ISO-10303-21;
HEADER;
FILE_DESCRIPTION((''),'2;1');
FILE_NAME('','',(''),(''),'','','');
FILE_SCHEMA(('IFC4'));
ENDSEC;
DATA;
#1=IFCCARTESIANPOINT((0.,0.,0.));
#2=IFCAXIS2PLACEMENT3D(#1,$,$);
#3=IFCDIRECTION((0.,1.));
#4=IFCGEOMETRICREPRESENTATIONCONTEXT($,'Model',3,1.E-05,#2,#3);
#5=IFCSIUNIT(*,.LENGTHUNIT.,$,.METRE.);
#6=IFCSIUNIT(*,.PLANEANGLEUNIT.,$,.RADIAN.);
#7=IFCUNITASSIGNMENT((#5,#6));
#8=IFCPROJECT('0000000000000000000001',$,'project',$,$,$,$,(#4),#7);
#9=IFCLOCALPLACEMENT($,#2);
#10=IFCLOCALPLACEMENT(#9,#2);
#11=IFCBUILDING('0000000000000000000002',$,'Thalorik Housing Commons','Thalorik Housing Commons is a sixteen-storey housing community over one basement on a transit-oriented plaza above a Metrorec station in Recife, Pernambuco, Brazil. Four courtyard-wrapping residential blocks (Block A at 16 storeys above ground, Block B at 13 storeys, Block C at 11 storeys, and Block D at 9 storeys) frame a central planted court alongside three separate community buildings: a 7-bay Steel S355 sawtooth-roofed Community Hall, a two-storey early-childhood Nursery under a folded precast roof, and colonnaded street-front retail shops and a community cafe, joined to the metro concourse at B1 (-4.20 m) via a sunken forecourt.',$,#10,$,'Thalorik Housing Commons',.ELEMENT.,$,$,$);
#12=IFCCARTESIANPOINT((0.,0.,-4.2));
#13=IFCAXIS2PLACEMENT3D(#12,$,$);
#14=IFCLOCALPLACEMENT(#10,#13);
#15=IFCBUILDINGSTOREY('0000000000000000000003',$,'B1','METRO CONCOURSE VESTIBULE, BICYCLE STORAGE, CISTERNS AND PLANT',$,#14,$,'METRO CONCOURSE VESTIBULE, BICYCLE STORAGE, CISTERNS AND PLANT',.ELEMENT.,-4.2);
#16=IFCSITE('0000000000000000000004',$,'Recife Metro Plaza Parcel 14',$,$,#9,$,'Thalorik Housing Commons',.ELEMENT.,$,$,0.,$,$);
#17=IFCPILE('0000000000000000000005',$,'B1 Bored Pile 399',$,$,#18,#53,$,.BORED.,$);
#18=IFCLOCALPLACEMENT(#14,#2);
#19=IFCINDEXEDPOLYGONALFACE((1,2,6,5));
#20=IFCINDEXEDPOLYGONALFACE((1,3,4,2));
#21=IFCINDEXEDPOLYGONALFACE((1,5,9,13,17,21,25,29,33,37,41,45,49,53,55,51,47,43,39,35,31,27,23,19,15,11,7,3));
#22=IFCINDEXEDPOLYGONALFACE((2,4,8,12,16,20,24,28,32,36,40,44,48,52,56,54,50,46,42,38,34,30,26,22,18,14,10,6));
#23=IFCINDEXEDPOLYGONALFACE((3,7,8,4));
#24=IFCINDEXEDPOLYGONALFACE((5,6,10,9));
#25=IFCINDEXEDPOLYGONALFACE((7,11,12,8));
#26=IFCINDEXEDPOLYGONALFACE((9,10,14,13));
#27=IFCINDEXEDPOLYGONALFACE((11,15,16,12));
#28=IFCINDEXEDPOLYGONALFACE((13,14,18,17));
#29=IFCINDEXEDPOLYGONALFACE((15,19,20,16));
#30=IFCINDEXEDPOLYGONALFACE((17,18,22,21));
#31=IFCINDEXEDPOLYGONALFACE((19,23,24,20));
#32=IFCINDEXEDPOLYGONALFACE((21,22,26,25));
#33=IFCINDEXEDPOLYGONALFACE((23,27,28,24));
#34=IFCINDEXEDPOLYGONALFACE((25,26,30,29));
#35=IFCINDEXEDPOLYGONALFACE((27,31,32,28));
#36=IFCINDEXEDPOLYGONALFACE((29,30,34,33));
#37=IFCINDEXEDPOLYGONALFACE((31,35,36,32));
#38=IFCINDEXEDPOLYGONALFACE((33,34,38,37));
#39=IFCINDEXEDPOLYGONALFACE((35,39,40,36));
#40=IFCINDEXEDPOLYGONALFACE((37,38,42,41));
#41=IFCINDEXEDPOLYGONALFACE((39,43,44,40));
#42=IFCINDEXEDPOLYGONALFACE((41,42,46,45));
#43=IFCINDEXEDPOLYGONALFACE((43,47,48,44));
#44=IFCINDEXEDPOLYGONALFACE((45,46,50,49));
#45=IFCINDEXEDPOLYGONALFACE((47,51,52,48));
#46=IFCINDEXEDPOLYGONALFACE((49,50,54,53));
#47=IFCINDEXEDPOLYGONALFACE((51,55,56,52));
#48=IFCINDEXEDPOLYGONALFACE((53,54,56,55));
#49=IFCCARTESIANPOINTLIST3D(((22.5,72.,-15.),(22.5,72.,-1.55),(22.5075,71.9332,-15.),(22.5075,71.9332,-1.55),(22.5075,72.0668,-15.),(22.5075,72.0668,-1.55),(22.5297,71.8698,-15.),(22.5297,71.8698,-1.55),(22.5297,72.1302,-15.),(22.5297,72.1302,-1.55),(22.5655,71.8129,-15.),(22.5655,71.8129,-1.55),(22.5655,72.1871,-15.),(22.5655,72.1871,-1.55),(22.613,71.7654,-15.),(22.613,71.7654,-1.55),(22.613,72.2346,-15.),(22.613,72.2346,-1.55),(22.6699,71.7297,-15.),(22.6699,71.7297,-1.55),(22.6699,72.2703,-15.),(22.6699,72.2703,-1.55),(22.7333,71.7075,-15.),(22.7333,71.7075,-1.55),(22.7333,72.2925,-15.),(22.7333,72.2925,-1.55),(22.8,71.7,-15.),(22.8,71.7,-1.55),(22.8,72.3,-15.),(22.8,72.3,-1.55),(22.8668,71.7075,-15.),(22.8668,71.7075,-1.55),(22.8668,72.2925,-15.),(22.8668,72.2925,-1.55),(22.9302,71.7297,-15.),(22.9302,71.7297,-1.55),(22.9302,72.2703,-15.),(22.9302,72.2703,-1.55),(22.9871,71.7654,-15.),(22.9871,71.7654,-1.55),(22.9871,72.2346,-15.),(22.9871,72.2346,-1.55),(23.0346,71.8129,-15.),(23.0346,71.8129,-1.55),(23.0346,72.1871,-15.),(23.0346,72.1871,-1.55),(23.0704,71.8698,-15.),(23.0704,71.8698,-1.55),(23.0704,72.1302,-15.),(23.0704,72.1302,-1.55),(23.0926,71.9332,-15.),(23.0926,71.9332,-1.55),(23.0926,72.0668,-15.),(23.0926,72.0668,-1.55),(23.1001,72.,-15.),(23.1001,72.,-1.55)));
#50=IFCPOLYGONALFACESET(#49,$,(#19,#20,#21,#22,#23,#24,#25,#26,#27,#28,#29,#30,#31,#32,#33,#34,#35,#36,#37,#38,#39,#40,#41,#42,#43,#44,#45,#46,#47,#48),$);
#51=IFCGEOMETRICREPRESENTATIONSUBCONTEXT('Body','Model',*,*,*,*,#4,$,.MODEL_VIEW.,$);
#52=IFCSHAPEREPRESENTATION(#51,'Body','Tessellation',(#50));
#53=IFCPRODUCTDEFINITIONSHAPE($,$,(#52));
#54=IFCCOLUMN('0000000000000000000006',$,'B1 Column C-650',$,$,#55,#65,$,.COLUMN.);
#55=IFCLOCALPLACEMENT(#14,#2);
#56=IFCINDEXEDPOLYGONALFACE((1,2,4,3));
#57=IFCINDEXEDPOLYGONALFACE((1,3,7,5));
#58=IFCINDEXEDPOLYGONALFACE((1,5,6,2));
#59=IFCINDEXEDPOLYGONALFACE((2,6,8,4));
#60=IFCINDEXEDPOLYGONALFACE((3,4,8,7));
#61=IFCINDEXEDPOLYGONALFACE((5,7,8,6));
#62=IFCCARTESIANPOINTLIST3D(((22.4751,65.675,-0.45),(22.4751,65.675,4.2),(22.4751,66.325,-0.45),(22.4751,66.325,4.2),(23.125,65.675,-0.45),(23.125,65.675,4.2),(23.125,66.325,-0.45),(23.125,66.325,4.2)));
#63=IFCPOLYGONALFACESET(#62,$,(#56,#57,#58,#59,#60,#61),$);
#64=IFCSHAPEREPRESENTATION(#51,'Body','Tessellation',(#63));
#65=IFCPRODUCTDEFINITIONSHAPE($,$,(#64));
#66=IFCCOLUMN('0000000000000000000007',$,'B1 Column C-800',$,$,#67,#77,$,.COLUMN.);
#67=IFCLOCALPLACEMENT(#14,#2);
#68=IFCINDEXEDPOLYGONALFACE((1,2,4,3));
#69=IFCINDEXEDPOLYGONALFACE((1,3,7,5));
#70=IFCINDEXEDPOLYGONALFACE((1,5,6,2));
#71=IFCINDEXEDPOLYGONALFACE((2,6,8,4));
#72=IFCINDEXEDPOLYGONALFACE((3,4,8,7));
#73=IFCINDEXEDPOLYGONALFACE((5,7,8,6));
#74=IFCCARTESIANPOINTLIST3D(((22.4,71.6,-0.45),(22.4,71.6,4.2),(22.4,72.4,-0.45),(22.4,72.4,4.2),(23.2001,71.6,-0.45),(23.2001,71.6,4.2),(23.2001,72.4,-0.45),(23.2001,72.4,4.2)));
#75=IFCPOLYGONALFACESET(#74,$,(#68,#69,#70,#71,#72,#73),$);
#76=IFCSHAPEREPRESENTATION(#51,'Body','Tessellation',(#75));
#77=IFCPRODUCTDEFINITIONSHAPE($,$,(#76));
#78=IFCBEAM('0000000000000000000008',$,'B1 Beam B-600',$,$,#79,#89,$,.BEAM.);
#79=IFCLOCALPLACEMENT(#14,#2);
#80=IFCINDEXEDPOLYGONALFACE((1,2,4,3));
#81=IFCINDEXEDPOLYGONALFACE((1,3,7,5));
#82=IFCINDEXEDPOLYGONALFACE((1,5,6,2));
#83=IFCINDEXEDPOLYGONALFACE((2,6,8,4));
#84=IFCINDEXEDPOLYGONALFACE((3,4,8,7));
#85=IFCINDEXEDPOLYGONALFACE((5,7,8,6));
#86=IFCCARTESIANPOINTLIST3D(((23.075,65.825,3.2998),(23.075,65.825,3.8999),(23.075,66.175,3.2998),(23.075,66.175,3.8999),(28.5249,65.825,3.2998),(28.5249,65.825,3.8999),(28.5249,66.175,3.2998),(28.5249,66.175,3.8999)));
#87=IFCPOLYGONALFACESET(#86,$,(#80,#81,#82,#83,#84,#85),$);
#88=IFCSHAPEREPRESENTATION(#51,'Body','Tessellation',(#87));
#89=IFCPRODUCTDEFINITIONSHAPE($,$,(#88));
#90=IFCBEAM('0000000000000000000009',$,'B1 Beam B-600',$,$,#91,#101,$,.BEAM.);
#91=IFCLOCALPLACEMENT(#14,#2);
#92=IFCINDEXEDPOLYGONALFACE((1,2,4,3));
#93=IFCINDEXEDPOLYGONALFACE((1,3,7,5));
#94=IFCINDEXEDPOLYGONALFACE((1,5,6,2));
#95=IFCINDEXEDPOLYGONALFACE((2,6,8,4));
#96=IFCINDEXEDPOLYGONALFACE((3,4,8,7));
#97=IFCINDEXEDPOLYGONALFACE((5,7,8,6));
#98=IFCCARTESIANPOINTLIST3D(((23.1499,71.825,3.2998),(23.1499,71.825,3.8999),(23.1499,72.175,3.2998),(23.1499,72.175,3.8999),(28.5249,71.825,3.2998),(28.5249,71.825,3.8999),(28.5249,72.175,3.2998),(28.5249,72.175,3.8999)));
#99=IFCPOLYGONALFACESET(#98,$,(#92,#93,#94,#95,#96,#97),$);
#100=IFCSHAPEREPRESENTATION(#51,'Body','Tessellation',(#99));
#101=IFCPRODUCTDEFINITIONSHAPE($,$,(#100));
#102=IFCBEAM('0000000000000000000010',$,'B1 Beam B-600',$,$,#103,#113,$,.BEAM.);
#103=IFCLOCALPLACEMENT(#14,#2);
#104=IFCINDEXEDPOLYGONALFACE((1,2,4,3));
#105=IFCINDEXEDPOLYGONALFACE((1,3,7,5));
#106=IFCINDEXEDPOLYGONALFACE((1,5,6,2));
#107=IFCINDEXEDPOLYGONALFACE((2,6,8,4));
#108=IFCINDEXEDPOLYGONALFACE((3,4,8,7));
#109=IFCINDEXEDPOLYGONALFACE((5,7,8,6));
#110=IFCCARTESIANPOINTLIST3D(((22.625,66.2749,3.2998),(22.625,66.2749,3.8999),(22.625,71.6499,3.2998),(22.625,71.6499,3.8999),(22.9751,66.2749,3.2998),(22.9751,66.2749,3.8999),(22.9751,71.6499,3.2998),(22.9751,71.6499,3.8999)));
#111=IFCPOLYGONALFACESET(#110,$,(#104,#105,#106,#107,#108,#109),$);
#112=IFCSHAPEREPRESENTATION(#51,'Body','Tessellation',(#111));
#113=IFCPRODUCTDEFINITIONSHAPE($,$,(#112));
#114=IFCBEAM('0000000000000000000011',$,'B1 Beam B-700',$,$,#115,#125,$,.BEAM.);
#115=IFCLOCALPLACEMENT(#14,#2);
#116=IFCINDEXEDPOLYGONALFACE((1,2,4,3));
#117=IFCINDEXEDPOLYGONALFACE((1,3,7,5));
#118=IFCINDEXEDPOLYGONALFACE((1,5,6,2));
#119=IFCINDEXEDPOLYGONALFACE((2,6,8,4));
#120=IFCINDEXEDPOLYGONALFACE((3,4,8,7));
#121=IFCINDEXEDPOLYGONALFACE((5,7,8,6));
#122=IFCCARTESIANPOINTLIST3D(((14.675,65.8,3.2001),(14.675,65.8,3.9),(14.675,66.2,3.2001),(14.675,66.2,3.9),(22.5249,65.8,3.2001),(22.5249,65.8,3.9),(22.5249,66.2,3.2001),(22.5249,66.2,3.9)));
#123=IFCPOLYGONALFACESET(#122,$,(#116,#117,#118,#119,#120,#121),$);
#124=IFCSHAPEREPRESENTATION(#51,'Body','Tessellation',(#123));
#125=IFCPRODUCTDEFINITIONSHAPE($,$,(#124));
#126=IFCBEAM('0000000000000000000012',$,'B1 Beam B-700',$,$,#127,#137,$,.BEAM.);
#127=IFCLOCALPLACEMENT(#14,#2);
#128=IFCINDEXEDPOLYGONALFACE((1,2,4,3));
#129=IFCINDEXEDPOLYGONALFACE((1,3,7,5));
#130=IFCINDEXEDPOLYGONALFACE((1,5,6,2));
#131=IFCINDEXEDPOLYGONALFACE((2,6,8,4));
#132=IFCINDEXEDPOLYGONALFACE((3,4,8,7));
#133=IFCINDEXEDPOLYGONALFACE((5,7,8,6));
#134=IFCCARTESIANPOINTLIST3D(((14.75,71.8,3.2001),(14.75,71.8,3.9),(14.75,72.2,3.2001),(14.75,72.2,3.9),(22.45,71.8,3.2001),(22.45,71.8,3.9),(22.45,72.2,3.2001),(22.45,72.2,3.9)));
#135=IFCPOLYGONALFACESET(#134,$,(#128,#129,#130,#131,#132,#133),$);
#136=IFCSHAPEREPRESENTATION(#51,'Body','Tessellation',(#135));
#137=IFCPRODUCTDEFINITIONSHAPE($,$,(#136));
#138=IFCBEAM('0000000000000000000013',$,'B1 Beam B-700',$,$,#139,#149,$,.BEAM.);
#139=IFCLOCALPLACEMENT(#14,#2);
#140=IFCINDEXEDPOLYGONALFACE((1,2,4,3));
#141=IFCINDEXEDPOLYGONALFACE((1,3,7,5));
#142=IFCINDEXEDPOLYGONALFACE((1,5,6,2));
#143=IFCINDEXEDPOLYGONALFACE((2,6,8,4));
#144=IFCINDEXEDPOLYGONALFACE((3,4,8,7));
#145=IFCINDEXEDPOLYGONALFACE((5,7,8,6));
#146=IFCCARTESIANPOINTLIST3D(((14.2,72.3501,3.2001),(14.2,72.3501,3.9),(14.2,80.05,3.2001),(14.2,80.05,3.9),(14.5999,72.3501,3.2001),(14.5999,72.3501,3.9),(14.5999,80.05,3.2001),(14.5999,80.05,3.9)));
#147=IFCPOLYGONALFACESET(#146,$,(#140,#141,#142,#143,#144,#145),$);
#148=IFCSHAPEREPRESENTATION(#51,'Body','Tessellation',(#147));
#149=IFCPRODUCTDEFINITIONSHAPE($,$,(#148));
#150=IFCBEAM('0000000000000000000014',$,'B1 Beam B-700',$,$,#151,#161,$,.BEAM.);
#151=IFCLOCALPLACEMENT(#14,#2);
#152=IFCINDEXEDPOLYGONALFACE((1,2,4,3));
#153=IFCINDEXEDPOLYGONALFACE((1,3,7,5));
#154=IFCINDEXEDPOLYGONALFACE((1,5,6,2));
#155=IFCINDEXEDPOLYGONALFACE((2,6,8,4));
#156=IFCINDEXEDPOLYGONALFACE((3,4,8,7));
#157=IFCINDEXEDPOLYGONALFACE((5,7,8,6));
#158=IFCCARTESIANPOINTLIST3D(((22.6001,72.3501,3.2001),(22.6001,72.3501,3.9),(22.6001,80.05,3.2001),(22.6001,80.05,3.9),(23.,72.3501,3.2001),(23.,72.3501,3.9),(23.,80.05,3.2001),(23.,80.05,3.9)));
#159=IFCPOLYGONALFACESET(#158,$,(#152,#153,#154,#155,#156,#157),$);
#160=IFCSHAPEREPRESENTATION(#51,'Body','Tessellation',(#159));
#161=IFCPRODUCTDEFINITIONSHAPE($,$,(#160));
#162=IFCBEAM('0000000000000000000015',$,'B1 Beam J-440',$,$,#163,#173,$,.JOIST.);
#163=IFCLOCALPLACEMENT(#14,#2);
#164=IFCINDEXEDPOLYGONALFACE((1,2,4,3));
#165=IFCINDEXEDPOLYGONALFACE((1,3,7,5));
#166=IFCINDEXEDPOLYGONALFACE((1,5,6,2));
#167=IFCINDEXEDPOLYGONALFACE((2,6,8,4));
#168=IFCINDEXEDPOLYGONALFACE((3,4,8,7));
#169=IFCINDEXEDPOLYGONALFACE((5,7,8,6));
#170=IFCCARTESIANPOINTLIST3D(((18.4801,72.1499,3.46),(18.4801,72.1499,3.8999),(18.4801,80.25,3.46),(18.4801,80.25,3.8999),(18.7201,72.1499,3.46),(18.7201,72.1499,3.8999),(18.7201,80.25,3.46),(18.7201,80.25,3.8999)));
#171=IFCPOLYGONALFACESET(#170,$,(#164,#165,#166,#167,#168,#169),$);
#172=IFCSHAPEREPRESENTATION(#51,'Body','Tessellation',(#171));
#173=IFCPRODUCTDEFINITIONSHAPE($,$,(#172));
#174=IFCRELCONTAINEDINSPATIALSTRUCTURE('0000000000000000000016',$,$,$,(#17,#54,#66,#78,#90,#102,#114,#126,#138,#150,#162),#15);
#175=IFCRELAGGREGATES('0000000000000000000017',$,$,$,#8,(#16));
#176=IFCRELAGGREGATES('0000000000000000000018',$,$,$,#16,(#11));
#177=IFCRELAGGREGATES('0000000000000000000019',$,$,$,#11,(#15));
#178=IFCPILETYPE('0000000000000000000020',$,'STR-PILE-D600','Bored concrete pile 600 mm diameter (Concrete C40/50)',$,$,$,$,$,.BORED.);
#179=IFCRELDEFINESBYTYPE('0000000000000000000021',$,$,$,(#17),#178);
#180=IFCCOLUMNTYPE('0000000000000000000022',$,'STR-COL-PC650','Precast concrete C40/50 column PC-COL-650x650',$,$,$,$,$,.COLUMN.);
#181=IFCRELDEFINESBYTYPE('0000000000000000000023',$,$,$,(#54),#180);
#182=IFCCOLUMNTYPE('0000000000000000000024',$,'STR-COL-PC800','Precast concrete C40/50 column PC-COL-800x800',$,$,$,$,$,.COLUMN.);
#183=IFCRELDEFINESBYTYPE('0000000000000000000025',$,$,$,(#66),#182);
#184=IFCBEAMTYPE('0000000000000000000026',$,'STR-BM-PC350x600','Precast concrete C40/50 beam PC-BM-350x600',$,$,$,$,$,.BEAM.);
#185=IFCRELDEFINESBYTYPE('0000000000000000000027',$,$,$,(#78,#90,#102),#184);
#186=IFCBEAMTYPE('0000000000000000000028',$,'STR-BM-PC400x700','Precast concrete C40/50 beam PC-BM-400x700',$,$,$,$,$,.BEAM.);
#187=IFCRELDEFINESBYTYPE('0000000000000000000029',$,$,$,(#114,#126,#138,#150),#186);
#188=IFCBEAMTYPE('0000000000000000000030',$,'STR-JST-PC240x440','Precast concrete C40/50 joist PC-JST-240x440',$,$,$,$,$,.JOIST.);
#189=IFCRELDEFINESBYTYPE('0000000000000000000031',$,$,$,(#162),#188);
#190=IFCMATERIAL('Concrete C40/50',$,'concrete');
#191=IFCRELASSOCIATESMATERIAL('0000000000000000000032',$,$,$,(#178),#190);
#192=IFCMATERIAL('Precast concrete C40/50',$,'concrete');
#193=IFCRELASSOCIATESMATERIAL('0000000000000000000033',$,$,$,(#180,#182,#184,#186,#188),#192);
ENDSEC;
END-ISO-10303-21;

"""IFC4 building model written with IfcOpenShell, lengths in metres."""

from ifc_helpers import new_model, si_unit, direction, frame, origin, origin_2d, place, context, subcontext, project, spatial, rectangle, circle, extrude, material, material_profile, profile_set, type_object, element, save


model = new_model("IFC4")

# Units and contexts
model_context = context("Model", 3, precision=1e-05, world=origin(), true_north=direction((0.0, 1.0)))
body_context = subcontext(model_context, "Body", "Model", "MODEL_VIEW")
ifc_project = project(units=[si_unit("LENGTHUNIT", "METRE"), si_unit("PLANEANGLEUNIT", "RADIAN")], contexts=[model_context])

# Site, building, storey
site_placement = place(None, origin())
site = spatial("IfcSite", under=ifc_project, at=site_placement, Name="Recife Metro Plaza Parcel 14", LongName="Thalorik Housing Commons", CompositionType="ELEMENT", RefElevation=0.0)
building_placement = place(site_placement, origin())
building = spatial("IfcBuilding", under=site, at=building_placement, Name="Thalorik Housing Commons", Description="Thalorik Housing Commons is a sixteen-storey housing community over one basement on a transit-oriented plaza above a Metrorec station in Recife, Pernambuco, Brazil. Four courtyard-wrapping residential blocks (Block A at 16 storeys above ground, Block B at 13 storeys, Block C at 11 storeys, and Block D at 9 storeys) frame a central planted court alongside three separate community buildings: a 7-bay Steel S355 sawtooth-roofed Community Hall, a two-storey early-childhood Nursery under a folded precast roof, and colonnaded street-front retail shops and a community cafe, joined to the metro concourse at B1 (-4.20 m) via a sunken forecourt.", LongName="Thalorik Housing Commons", CompositionType="ELEMENT")
storey_placement = place(building_placement, frame((0.0, 0.0, -4.2)))
storey = spatial("IfcBuildingStorey", under=building, at=storey_placement, Name="B1", Description="METRO CONCOURSE VESTIBULE, BICYCLE STORAGE, CISTERNS AND PLANT", LongName="METRO CONCOURSE VESTIBULE, BICYCLE STORAGE, CISTERNS AND PLANT", CompositionType="ELEMENT", Elevation=-4.2)

# Shared definitions
ifc_material_1 = material(Name="Concrete C40/50", Category="concrete")

# Pile
ifc_material_profile_1 = material_profile(ifc_material_1, circle(Radius=0.3, at=origin_2d()), Name="BORED PILE D600", Category="concrete")
ifc_profile_set_1 = profile_set([ifc_material_profile_1], Name="Concrete C40/50")
pile_type = type_object("IfcPileType", Name="STR-PILE-D600", Description="Bored concrete pile 600 mm diameter (Concrete C40/50)", PredefinedType="BORED", material=ifc_profile_set_1)
for number, where, z_axis, x_axis, name in (
    (1, (22.8, 72.0, -1.55), (0.0, 0.0, -1.0), (1.0, 0.0, 0.0), "B1 Bored Pile 399"),
):
    element("IfcPile", number, at=place(storey_placement, frame(where, z_axis=z_axis, x_axis=x_axis)), inside=storey, type_object=pile_type, Name=name, PredefinedType="BORED", context=body_context, shape_type="SweptSolid", body=[
        extrude(circle(Radius=0.3, at=origin_2d()), origin(), (0.0, 0.0, 1.0), 13.45),
    ])

# Columns
ifc_material_2 = material(Name="Precast concrete C40/50", Category="concrete")
ifc_material_profile_2 = material_profile(ifc_material_2, rectangle(XDim=0.6499, YDim=0.6499, at=origin_2d()), Name="PC 650x650", Category="concrete")
ifc_profile_set_2 = profile_set([ifc_material_profile_2], Name="Precast concrete C40/50")
column_type_1 = type_object("IfcColumnType", Name="STR-COL-PC650", Description="Precast concrete C40/50 column PC-COL-650x650", PredefinedType="COLUMN", material=ifc_profile_set_2)
column_1_placement = place(storey_placement, frame((22.8, 66.0, -0.45), z_axis=(0.0, 0.0, 1.0), x_axis=(1.0, 0.0, 0.0)))
element("IfcColumn", 2, at=column_1_placement, inside=storey, type_object=column_type_1, Name="B1 Column C-650", PredefinedType="COLUMN", context=body_context, shape_type="SweptSolid", body=[
    extrude(rectangle(XDim=0.6499, YDim=0.6499, at=origin_2d()), origin(), (0.0, 0.0, 1.0), 4.6499),
])
ifc_material_profile_3 = material_profile(ifc_material_2, rectangle(XDim=0.8, YDim=0.8, at=origin_2d()), Name="PC 800x800", Category="concrete")
ifc_profile_set_3 = profile_set([ifc_material_profile_3], Name="Precast concrete C40/50")
column_type_2 = type_object("IfcColumnType", Name="STR-COL-PC800", Description="Precast concrete C40/50 column PC-COL-800x800", PredefinedType="COLUMN", material=ifc_profile_set_3)
column_2_placement = place(storey_placement, frame((22.8, 72.0, -0.45), z_axis=(0.0, 0.0, 1.0), x_axis=(1.0, 0.0, 0.0)))
element("IfcColumn", 3, at=column_2_placement, inside=storey, type_object=column_type_2, Name="B1 Column C-800", PredefinedType="COLUMN", context=body_context, shape_type="SweptSolid", body=[
    extrude(rectangle(XDim=0.8, YDim=0.8, at=origin_2d()), origin(), (0.0, 0.0, 1.0), 4.6499),
])

# Beams
ifc_material_profile_4 = material_profile(ifc_material_2, rectangle(XDim=0.3501, YDim=0.6001, at=origin_2d()), Name="PC 350x600", Category="concrete")
ifc_profile_set_4 = profile_set([ifc_material_profile_4], Name="Precast concrete C40/50")
beam_type_1 = type_object("IfcBeamType", Name="STR-BM-PC350x600", Description="Precast concrete C40/50 beam PC-BM-350x600", PredefinedType="BEAM", material=ifc_profile_set_4)
beam_1_placement = place(storey_placement, frame((23.075, 66.0, 3.5999), z_axis=(1.0, 0.0, 0.0), x_axis=(0.0, 1.0, 0.0)))
element("IfcBeam", 4, at=beam_1_placement, inside=storey, type_object=beam_type_1, Name="B1 Beam B-600", PredefinedType="BEAM", context=body_context, shape_type="SweptSolid", body=[
    extrude(rectangle(XDim=0.3501, YDim=0.6001, at=origin_2d()), origin(), (0.0, 0.0, 1.0), 5.45),
])
for number, where, z_axis, x_axis, name in (
    (5, (23.1499, 72.0, 3.5999), (1.0, 0.0, 0.0), (0.0, 1.0, 0.0), "B1 Beam B-600"),
    (6, (22.8, 66.2749, 3.5999), (0.0, 1.0, 0.0), (-1.0, 0.0, 0.0), "B1 Beam B-600"),
):
    element("IfcBeam", number, at=place(storey_placement, frame(where, z_axis=z_axis, x_axis=x_axis)), inside=storey, type_object=beam_type_1, Name=name, PredefinedType="BEAM", context=body_context, shape_type="SweptSolid", body=[
        extrude(rectangle(XDim=0.3501, YDim=0.6001, at=origin_2d()), origin(), (0.0, 0.0, 1.0), 5.375),
    ])
ifc_material_profile_5 = material_profile(ifc_material_2, rectangle(XDim=0.3999, YDim=0.7, at=origin_2d()), Name="PC 400x700", Category="concrete")
ifc_profile_set_5 = profile_set([ifc_material_profile_5], Name="Precast concrete C40/50")
beam_type_2 = type_object("IfcBeamType", Name="STR-BM-PC400x700", Description="Precast concrete C40/50 beam PC-BM-400x700", PredefinedType="BEAM", material=ifc_profile_set_5)
beam_2_placement = place(storey_placement, frame((14.675, 66.0, 3.55), z_axis=(1.0, 0.0, 0.0), x_axis=(0.0, 1.0, 0.0)))
element("IfcBeam", 7, at=beam_2_placement, inside=storey, type_object=beam_type_2, Name="B1 Beam B-700", PredefinedType="BEAM", context=body_context, shape_type="SweptSolid", body=[
    extrude(rectangle(XDim=0.3999, YDim=0.7, at=origin_2d()), origin(), (0.0, 0.0, 1.0), 7.8499),
])
for number, where, z_axis, x_axis, name in (
    (8, (14.75, 72.0, 3.55), (1.0, 0.0, 0.0), (0.0, 1.0, 0.0), "B1 Beam B-700"),
    (9, (14.3999, 72.3501, 3.55), (0.0, 1.0, 0.0), (-1.0, 0.0, 0.0), "B1 Beam B-700"),
    (10, (22.8, 72.3501, 3.55), (0.0, 1.0, 0.0), (-1.0, 0.0, 0.0), "B1 Beam B-700"),
):
    element("IfcBeam", number, at=place(storey_placement, frame(where, z_axis=z_axis, x_axis=x_axis)), inside=storey, type_object=beam_type_2, Name=name, PredefinedType="BEAM", context=body_context, shape_type="SweptSolid", body=[
        extrude(rectangle(XDim=0.3999, YDim=0.7, at=origin_2d()), origin(), (0.0, 0.0, 1.0), 7.7),
    ])
ifc_material_profile_6 = material_profile(ifc_material_2, rectangle(XDim=0.24, YDim=0.4399, at=origin_2d()), Name="PC JST 240x440", Category="concrete")
ifc_profile_set_6 = profile_set([ifc_material_profile_6], Name="Precast concrete C40/50")
beam_type_3 = type_object("IfcBeamType", Name="STR-JST-PC240x440", Description="Precast concrete C40/50 joist PC-JST-240x440", PredefinedType="JOIST", material=ifc_profile_set_6)
beam_3_placement = place(storey_placement, frame((18.6001, 72.1499, 3.6799), z_axis=(0.0, 1.0, 0.0), x_axis=(-1.0, 0.0, 0.0)))
element("IfcBeam", 11, at=beam_3_placement, inside=storey, type_object=beam_type_3, Name="B1 Beam J-440", PredefinedType="JOIST", context=body_context, shape_type="SweptSolid", body=[
    extrude(rectangle(XDim=0.24, YDim=0.4399, at=origin_2d()), origin(), (0.0, 0.0, 1.0), 8.1001),
])

save(model, "model.ifc")
